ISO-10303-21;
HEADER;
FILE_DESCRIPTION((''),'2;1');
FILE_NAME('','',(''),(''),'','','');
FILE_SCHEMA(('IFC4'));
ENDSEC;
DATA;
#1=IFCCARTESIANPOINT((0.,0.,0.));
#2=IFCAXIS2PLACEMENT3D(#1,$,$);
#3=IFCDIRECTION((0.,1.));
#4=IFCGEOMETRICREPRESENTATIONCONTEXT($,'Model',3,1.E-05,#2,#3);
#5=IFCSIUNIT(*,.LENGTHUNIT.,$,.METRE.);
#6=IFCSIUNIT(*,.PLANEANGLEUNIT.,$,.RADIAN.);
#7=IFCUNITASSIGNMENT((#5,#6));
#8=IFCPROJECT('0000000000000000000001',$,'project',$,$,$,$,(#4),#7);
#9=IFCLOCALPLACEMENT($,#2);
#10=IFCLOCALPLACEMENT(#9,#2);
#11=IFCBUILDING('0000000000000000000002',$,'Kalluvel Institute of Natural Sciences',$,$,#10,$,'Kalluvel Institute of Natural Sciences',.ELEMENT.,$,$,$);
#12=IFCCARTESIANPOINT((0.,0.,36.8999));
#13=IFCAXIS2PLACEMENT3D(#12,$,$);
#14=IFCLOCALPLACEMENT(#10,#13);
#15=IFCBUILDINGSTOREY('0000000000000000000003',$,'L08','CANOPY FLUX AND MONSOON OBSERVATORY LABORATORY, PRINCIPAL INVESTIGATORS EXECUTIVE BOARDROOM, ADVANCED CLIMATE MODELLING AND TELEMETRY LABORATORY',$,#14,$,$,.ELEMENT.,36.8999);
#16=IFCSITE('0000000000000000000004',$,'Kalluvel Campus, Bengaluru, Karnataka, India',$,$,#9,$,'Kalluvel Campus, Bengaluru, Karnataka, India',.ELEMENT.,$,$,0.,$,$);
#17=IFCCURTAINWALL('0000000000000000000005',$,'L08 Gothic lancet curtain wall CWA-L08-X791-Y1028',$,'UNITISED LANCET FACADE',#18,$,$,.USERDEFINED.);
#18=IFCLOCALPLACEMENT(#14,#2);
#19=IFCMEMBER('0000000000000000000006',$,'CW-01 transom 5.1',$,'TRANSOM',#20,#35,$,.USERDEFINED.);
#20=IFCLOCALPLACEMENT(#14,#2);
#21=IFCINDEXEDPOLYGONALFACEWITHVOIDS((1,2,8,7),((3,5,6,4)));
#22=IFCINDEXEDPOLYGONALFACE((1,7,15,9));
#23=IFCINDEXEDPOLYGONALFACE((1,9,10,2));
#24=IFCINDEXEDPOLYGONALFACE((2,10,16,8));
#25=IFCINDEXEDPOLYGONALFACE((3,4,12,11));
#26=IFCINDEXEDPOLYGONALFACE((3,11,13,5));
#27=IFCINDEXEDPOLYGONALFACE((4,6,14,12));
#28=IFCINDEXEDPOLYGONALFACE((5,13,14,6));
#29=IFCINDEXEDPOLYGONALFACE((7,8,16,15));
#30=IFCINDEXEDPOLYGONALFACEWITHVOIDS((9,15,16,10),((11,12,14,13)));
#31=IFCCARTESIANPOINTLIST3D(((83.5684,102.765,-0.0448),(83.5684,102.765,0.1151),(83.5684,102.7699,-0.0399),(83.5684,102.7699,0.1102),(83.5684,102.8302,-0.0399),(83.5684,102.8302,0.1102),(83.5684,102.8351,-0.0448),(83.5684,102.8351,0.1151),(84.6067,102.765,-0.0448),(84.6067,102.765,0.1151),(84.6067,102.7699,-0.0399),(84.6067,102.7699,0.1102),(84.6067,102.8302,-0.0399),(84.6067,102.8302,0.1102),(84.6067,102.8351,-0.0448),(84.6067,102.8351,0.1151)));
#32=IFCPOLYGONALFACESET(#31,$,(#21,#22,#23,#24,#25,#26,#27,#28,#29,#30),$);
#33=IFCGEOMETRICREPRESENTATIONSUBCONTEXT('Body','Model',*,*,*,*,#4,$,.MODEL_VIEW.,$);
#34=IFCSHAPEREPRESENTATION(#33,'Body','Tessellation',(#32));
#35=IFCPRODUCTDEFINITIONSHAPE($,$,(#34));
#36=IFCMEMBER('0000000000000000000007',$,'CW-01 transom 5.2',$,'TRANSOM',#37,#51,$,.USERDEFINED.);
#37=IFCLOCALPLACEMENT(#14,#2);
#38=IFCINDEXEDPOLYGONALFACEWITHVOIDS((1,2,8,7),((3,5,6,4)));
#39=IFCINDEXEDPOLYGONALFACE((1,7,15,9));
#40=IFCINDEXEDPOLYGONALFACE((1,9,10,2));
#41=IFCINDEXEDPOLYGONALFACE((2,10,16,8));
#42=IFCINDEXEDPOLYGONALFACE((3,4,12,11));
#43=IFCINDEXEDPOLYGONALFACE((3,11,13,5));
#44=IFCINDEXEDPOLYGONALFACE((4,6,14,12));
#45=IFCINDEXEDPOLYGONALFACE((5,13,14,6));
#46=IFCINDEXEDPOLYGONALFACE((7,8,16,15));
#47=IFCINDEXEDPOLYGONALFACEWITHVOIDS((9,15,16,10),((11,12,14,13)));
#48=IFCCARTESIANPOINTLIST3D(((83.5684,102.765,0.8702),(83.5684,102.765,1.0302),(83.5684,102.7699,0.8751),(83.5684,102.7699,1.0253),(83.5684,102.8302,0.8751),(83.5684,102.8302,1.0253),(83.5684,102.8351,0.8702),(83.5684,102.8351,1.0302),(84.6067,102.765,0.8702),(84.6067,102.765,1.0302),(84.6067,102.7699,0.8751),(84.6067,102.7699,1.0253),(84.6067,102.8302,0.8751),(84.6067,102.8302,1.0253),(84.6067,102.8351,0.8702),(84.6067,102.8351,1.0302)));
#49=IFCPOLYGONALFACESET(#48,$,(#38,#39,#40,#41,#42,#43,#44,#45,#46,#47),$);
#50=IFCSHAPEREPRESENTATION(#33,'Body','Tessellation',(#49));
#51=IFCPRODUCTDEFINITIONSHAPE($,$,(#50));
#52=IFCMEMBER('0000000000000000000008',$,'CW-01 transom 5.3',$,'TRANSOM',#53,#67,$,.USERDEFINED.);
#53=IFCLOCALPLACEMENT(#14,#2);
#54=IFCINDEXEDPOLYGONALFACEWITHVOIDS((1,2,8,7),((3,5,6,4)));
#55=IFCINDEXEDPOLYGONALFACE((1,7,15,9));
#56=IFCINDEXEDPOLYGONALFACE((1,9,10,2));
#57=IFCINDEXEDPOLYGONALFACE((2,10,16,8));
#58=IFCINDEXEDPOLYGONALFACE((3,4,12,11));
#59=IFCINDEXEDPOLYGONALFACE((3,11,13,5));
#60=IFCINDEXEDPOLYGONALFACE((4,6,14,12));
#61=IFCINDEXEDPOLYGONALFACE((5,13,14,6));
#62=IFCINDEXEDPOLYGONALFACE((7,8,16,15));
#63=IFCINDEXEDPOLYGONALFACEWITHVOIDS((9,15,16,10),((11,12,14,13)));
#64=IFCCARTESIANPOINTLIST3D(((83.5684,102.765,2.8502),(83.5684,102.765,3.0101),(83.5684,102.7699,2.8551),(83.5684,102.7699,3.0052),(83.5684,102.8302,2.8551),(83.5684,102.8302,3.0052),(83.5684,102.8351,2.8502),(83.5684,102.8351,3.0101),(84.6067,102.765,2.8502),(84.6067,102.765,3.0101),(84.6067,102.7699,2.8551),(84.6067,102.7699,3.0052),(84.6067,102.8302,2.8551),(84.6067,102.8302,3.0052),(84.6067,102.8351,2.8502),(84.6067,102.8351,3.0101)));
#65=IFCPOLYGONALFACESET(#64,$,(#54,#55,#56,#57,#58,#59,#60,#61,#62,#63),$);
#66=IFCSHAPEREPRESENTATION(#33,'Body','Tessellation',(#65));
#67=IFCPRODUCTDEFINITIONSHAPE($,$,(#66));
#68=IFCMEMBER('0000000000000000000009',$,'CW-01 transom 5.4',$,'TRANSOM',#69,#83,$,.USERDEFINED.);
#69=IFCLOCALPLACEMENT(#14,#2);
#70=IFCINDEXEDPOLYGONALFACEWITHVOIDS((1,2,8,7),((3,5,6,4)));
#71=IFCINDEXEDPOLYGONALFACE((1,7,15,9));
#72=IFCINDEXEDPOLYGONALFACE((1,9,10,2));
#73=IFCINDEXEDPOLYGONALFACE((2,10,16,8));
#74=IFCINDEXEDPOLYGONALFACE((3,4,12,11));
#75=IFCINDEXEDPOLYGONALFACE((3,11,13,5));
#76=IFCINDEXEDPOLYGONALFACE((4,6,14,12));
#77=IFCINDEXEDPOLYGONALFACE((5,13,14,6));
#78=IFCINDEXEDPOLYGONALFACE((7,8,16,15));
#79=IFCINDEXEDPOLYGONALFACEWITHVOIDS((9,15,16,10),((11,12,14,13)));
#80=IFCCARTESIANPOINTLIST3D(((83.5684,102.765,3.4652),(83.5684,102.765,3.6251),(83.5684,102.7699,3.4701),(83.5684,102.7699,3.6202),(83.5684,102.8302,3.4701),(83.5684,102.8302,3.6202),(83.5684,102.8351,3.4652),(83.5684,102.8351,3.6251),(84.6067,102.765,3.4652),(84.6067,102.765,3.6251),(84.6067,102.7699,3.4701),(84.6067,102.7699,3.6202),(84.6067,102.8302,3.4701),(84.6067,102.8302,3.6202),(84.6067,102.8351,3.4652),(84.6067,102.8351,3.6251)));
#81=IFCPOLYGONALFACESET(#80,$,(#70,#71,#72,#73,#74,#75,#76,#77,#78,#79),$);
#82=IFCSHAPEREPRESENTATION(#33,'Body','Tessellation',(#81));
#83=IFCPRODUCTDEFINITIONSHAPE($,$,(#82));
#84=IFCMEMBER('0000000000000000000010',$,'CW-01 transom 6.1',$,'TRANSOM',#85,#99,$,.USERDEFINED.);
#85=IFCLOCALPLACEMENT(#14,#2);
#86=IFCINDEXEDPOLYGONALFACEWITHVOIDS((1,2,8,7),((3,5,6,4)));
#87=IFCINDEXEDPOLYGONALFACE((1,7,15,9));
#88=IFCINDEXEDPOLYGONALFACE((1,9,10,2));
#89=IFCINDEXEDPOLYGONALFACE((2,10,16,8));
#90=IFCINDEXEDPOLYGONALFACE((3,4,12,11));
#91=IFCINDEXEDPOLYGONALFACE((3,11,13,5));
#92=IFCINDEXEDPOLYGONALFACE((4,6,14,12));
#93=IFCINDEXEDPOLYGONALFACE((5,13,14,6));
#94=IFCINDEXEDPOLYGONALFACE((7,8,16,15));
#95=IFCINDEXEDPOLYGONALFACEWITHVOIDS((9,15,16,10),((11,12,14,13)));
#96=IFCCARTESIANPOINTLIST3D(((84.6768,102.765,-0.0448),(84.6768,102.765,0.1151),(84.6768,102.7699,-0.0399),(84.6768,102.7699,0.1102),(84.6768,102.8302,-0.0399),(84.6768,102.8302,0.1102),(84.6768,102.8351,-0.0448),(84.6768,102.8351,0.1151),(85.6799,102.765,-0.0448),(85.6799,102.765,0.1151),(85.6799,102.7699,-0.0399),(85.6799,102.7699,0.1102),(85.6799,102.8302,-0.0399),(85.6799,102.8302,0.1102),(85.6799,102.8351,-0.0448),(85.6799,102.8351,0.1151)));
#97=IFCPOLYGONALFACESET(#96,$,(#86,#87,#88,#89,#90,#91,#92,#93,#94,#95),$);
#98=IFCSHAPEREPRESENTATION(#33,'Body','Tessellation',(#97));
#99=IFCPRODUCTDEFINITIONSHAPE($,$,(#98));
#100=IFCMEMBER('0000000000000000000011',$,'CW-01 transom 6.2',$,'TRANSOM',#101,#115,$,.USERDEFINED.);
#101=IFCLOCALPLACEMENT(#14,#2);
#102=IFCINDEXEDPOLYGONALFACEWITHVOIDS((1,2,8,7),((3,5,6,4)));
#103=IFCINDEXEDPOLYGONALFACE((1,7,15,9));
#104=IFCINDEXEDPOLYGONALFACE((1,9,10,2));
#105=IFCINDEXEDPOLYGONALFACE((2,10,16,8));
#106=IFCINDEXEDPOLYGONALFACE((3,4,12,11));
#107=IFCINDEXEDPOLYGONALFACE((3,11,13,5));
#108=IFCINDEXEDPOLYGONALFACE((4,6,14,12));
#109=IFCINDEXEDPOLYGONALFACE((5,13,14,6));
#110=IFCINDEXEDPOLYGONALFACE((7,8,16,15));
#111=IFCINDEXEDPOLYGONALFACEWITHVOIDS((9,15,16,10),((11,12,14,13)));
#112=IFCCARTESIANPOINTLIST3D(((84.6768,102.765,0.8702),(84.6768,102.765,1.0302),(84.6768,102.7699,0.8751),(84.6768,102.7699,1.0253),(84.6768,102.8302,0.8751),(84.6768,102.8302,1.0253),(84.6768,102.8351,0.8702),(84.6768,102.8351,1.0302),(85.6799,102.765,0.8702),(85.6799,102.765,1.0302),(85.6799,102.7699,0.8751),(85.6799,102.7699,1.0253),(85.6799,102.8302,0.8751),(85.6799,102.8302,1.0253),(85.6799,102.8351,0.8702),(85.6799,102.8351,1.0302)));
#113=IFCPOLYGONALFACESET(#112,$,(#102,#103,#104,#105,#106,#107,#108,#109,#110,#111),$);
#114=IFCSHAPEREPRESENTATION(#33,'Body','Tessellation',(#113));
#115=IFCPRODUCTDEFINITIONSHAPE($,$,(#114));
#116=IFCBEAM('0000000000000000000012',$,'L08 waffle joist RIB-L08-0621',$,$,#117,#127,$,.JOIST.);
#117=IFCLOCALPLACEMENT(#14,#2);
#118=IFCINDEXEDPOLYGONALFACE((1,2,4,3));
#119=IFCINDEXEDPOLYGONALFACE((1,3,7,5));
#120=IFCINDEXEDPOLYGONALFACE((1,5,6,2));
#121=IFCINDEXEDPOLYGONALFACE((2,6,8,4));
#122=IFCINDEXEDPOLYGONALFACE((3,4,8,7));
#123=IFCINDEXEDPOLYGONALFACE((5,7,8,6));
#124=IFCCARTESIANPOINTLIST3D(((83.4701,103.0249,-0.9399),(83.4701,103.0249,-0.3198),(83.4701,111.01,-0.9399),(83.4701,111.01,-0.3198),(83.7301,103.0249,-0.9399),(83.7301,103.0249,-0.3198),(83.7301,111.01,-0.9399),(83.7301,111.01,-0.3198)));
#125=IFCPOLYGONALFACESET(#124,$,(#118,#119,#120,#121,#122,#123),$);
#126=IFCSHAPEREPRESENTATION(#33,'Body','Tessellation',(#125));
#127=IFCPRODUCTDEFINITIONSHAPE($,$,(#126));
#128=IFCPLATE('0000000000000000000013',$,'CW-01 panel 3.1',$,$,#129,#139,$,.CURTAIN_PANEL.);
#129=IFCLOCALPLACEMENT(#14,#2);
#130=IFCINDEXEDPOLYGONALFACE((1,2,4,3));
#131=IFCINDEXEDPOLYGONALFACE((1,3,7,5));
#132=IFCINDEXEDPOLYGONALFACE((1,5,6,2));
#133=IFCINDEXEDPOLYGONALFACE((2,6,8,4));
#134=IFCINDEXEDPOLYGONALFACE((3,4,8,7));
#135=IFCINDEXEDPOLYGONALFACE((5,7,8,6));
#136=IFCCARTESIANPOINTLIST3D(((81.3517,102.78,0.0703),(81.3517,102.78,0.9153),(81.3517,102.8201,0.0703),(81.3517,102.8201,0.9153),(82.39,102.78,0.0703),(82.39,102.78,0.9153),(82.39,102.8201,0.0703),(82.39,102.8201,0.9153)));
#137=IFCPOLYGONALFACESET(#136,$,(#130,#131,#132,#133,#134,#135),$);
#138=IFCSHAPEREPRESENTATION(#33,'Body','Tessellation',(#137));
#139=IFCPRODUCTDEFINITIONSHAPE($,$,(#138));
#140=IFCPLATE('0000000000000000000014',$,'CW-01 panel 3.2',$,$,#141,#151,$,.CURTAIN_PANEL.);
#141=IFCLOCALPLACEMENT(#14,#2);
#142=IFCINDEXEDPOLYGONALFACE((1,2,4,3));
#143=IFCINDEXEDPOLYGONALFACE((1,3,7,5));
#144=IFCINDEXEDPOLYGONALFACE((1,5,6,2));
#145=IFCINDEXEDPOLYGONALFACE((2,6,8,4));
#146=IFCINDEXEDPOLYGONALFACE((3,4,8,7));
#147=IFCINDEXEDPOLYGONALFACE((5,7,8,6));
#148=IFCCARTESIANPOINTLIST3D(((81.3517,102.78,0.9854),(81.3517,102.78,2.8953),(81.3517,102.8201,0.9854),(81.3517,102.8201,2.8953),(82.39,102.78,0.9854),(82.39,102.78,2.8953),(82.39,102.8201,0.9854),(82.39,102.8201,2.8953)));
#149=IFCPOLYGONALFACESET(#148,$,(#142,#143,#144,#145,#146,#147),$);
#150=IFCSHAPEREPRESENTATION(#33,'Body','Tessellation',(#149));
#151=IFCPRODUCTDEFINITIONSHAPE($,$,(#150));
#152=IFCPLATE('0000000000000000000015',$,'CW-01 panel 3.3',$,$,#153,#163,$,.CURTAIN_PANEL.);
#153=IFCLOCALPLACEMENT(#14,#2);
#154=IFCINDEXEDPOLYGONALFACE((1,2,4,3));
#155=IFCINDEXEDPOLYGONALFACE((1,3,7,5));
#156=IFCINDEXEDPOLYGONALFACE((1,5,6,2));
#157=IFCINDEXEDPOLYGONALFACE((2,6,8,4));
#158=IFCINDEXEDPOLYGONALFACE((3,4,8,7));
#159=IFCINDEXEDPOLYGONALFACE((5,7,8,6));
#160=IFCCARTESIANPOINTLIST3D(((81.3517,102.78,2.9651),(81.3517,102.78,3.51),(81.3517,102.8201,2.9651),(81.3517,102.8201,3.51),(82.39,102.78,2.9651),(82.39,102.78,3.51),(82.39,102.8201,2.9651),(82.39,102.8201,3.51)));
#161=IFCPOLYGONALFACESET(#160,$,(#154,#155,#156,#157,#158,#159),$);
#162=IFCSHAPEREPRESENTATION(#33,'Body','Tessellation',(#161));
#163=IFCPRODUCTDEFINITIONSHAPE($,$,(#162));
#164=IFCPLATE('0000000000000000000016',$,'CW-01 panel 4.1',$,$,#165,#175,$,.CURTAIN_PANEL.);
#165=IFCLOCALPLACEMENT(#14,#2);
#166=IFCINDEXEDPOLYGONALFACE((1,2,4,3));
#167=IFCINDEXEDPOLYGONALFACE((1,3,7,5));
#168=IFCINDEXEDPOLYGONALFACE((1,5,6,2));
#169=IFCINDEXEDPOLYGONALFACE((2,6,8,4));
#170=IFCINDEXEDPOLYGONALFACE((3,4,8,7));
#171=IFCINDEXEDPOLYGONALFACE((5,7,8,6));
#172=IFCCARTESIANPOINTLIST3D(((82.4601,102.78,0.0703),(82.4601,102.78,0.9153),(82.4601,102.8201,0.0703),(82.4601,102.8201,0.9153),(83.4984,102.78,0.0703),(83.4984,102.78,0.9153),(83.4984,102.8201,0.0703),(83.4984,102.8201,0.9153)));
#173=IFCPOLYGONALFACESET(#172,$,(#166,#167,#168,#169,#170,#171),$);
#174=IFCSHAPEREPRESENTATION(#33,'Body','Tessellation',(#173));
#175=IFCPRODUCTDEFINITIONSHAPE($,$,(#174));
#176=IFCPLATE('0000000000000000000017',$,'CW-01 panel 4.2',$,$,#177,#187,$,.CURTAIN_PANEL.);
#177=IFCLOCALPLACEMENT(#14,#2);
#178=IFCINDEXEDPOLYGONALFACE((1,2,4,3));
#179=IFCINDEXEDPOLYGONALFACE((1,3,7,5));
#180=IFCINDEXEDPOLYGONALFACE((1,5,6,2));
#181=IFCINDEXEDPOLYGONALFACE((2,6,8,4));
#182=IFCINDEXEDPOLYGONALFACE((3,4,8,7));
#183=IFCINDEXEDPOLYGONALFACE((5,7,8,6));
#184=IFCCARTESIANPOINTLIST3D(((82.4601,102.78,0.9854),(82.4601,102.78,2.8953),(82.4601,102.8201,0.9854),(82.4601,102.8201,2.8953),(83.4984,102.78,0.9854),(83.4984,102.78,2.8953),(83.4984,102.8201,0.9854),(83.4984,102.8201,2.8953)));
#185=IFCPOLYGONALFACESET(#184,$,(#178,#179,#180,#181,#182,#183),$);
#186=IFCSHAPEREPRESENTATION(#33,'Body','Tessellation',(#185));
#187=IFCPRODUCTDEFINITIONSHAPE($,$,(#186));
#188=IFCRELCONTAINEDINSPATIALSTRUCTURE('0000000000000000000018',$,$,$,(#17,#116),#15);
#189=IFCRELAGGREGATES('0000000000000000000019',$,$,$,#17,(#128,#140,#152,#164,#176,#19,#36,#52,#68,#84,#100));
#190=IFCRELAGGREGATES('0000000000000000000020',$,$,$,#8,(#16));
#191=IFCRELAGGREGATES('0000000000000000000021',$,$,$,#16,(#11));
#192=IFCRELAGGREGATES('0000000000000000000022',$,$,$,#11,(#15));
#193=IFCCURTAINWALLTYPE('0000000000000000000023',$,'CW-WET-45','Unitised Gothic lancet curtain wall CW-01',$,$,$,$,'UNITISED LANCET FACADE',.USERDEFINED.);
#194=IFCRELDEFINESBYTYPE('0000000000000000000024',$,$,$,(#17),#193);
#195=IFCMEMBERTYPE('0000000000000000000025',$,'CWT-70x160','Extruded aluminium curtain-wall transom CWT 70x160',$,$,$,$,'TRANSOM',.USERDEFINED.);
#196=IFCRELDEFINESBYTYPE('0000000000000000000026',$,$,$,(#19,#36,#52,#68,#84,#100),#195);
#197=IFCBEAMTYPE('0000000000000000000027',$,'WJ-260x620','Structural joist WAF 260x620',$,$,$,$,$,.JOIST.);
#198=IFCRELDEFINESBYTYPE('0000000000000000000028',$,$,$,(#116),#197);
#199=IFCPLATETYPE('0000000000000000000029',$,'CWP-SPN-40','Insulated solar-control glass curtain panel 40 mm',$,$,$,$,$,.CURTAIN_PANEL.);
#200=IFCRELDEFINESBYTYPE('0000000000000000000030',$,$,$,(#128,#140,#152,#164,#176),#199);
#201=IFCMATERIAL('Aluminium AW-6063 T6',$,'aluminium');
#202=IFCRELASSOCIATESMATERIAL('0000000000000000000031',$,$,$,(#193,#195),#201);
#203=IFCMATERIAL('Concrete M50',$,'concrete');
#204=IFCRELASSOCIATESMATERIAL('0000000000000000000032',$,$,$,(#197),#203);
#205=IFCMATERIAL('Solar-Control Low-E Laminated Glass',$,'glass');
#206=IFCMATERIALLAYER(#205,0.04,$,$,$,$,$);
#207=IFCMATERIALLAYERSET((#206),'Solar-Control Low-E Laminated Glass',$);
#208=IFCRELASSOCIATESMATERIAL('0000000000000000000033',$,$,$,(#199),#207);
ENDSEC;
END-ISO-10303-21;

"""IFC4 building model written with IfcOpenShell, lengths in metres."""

from ifc_helpers import new_model, si_unit, direction, frame, origin, origin_2d, place, context, subcontext, project, spatial, rectangle, hollow_rectangle, extrude, material, layer, layer_set, material_profile, profile_set, type_object, element, aggregate, save


model = new_model("IFC4")

# Units and contexts
model_context = context("Model", 3, precision=1e-05, world=origin(), true_north=direction((0.0, 1.0)))
body_context = subcontext(model_context, "Body", "Model", "MODEL_VIEW")
ifc_project = project(units=[si_unit("LENGTHUNIT", "METRE"), si_unit("PLANEANGLEUNIT", "RADIAN")], contexts=[model_context])

# Site, building, storey
site_placement = place(None, origin())
site = spatial("IfcSite", under=ifc_project, at=site_placement, Name="Kalluvel Campus, Bengaluru, Karnataka, India", LongName="Kalluvel Campus, Bengaluru, Karnataka, India", CompositionType="ELEMENT", RefElevation=0.0)
building_placement = place(site_placement, origin())
building = spatial("IfcBuilding", under=site, at=building_placement, Name="Kalluvel Institute of Natural Sciences", LongName="Kalluvel Institute of Natural Sciences", CompositionType="ELEMENT")
storey_placement = place(building_placement, frame((0.0, 0.0, 36.8999)))
storey = spatial("IfcBuildingStorey", under=building, at=storey_placement, Name="L08", Description="CANOPY FLUX AND MONSOON OBSERVATORY LABORATORY, PRINCIPAL INVESTIGATORS EXECUTIVE BOARDROOM, ADVANCED CLIMATE MODELLING AND TELEMETRY LABORATORY", CompositionType="ELEMENT", Elevation=36.8999)

# Curtain wall, members
ifc_material_1 = material(Name="Aluminium AW-6063 T6", Category="aluminium")
curtain_wall_type = type_object("IfcCurtainWallType", Name="CW-WET-45", Description="Unitised Gothic lancet curtain wall CW-01", ElementType="UNITISED LANCET FACADE", PredefinedType="USERDEFINED", material=ifc_material_1)
curtain_wall_placement = place(storey_placement, origin())
curtain_wall = element("IfcCurtainWall", 1, at=curtain_wall_placement, inside=storey, type_object=curtain_wall_type, Name="L08 Gothic lancet curtain wall CWA-L08-X791-Y1028", ObjectType="UNITISED LANCET FACADE", PredefinedType="USERDEFINED")
ifc_material_profile_1 = material_profile(ifc_material_1, hollow_rectangle(XDim=0.0701, YDim=0.1599, WallThickness=0.0049, at=origin_2d()), Name="CWT 70x160")
ifc_profile_set_1 = profile_set([ifc_material_profile_1], Name="Aluminium AW-6063 T6")
member_type_1 = type_object("IfcMemberType", Name="CWT-70x160", Description="Extruded aluminium curtain-wall transom CWT 70x160", ElementType="TRANSOM", PredefinedType="USERDEFINED", material=ifc_profile_set_1)
member_1_placement = place(storey_placement, frame((83.5684, 102.8, 0.0352), z_axis=(1.0, 0.0, 0.0), x_axis=(0.0, 1.0, 0.0)))
member_1 = element("IfcMember", 2, at=member_1_placement, type_object=member_type_1, Name="CW-01 transom 5.1", ObjectType="TRANSOM", PredefinedType="USERDEFINED", context=body_context, shape_type="SweptSolid", body=[
    extrude(hollow_rectangle(XDim=0.0701, YDim=0.1599, WallThickness=0.0049, at=origin_2d()), origin(), (0.0, 0.0, 1.0), 1.0383),
])
member_2_placement = place(storey_placement, frame((83.5684, 102.8, 0.9502), z_axis=(1.0, 0.0, 0.0), x_axis=(0.0, 1.0, 0.0)))
member_2 = element("IfcMember", 3, at=member_2_placement, type_object=member_type_1, Name="CW-01 transom 5.2", ObjectType="TRANSOM", PredefinedType="USERDEFINED", context=body_context, shape_type="SweptSolid", body=[
    extrude(hollow_rectangle(XDim=0.0701, YDim=0.1599, WallThickness=0.0049, at=origin_2d()), origin(), (0.0, 0.0, 1.0), 1.0383),
])
member_3_placement = place(storey_placement, frame((83.5684, 102.8, 2.9302), z_axis=(1.0, 0.0, 0.0), x_axis=(0.0, 1.0, 0.0)))
member_3 = element("IfcMember", 4, at=member_3_placement, type_object=member_type_1, Name="CW-01 transom 5.3", ObjectType="TRANSOM", PredefinedType="USERDEFINED", context=body_context, shape_type="SweptSolid", body=[
    extrude(hollow_rectangle(XDim=0.0701, YDim=0.1599, WallThickness=0.0049, at=origin_2d()), origin(), (0.0, 0.0, 1.0), 1.0383),
])
member_4_placement = place(storey_placement, frame((83.5684, 102.8, 3.5452), z_axis=(1.0, 0.0, 0.0), x_axis=(0.0, 1.0, 0.0)))
member_4 = element("IfcMember", 5, at=member_4_placement, type_object=member_type_1, Name="CW-01 transom 5.4", ObjectType="TRANSOM", PredefinedType="USERDEFINED", context=body_context, shape_type="SweptSolid", body=[
    extrude(hollow_rectangle(XDim=0.0701, YDim=0.1599, WallThickness=0.0049, at=origin_2d()), origin(), (0.0, 0.0, 1.0), 1.0383),
])
member_5_placement = place(storey_placement, frame((84.6768, 102.8, 0.0352), z_axis=(1.0, 0.0, 0.0), x_axis=(0.0, 1.0, 0.0)))
member_5 = element("IfcMember", 6, at=member_5_placement, type_object=member_type_1, Name="CW-01 transom 6.1", ObjectType="TRANSOM", PredefinedType="USERDEFINED", context=body_context, shape_type="SweptSolid", body=[
    extrude(hollow_rectangle(XDim=0.0701, YDim=0.1599, WallThickness=0.0049, at=origin_2d()), origin(), (0.0, 0.0, 1.0), 1.0032),
])
member_6_placement = place(storey_placement, frame((84.6768, 102.8, 0.9502), z_axis=(1.0, 0.0, 0.0), x_axis=(0.0, 1.0, 0.0)))
member_6 = element("IfcMember", 7, at=member_6_placement, type_object=member_type_1, Name="CW-01 transom 6.2", ObjectType="TRANSOM", PredefinedType="USERDEFINED", context=body_context, shape_type="SweptSolid", body=[
    extrude(hollow_rectangle(XDim=0.0701, YDim=0.1599, WallThickness=0.0049, at=origin_2d()), origin(), (0.0, 0.0, 1.0), 1.0032),
])

# Beam
ifc_material_2 = material(Name="Concrete M50", Category="concrete")
ifc_material_profile_2 = material_profile(ifc_material_2, rectangle(XDim=0.26, YDim=0.6201, at=origin_2d()), Name="WAF 260x620")
ifc_profile_set_2 = profile_set([ifc_material_profile_2], Name="Concrete M50")
beam_type = type_object("IfcBeamType", Name="WJ-260x620", Description="Structural joist WAF 260x620", PredefinedType="JOIST", material=ifc_profile_set_2)
beam_placement = place(storey_placement, frame((83.6001, 103.0249, -0.6299), z_axis=(0.0, 1.0, 0.0), x_axis=(-1.0, 0.0, 0.0)))
element("IfcBeam", 8, at=beam_placement, inside=storey, type_object=beam_type, Name="L08 waffle joist RIB-L08-0621", PredefinedType="JOIST", context=body_context, shape_type="SweptSolid", body=[
    extrude(rectangle(XDim=0.26, YDim=0.6201, at=origin_2d()), origin(), (0.0, 0.0, 1.0), 7.9851),
])

# Plates
ifc_material_3 = material(Name="Solar-Control Low-E Laminated Glass", Category="glass")
ifc_layer = layer(ifc_material_3, 0.04)
ifc_layer_set = layer_set([ifc_layer], Name="Solar-Control Low-E Laminated Glass")
plate_type = type_object("IfcPlateType", Name="CWP-SPN-40", Description="Insulated solar-control glass curtain panel 40 mm", PredefinedType="CURTAIN_PANEL", material=ifc_layer_set)
plate_1_placement = place(storey_placement, frame((81.8708, 102.8, 0.0703), z_axis=(0.0, 0.0, 1.0), x_axis=(1.0, 0.0, 0.0)))
plate_1 = element("IfcPlate", 9, at=plate_1_placement, type_object=plate_type, Name="CW-01 panel 3.1", PredefinedType="CURTAIN_PANEL", context=body_context, shape_type="SweptSolid", body=[
    extrude(rectangle(XDim=1.0383, YDim=0.04, at=origin_2d()), origin(), (0.0, 0.0, 1.0), 0.845),
])
plate_2_placement = place(storey_placement, frame((81.8708, 102.8, 0.9854), z_axis=(0.0, 0.0, 1.0), x_axis=(1.0, 0.0, 0.0)))
plate_2 = element("IfcPlate", 10, at=plate_2_placement, type_object=plate_type, Name="CW-01 panel 3.2", PredefinedType="CURTAIN_PANEL", context=body_context, shape_type="SweptSolid", body=[
    extrude(rectangle(XDim=1.0383, YDim=0.04, at=origin_2d()), origin(), (0.0, 0.0, 1.0), 1.9099),
])
plate_3_placement = place(storey_placement, frame((81.8708, 102.8, 2.9651), z_axis=(0.0, 0.0, 1.0), x_axis=(1.0, 0.0, 0.0)))
plate_3 = element("IfcPlate", 11, at=plate_3_placement, type_object=plate_type, Name="CW-01 panel 3.3", PredefinedType="CURTAIN_PANEL", context=body_context, shape_type="SweptSolid", body=[
    extrude(rectangle(XDim=1.0383, YDim=0.04, at=origin_2d()), origin(), (0.0, 0.0, 1.0), 0.5449),
])
plate_4_placement = place(storey_placement, frame((82.9792, 102.8, 0.0703), z_axis=(0.0, 0.0, 1.0), x_axis=(1.0, 0.0, 0.0)))
plate_4 = element("IfcPlate", 12, at=plate_4_placement, type_object=plate_type, Name="CW-01 panel 4.1", PredefinedType="CURTAIN_PANEL", context=body_context, shape_type="SweptSolid", body=[
    extrude(rectangle(XDim=1.0383, YDim=0.04, at=origin_2d()), origin(), (0.0, 0.0, 1.0), 0.845),
])
plate_5_placement = place(storey_placement, frame((82.9792, 102.8, 0.9854), z_axis=(0.0, 0.0, 1.0), x_axis=(1.0, 0.0, 0.0)))
plate_5 = element("IfcPlate", 13, at=plate_5_placement, type_object=plate_type, Name="CW-01 panel 4.2", PredefinedType="CURTAIN_PANEL", context=body_context, shape_type="SweptSolid", body=[
    extrude(rectangle(XDim=1.0383, YDim=0.04, at=origin_2d()), origin(), (0.0, 0.0, 1.0), 1.9099),
])
aggregate(curtain_wall, [plate_1, plate_2, plate_3, plate_4, plate_5, member_1, member_2, member_3, member_4, member_5, member_6])

save(model, "model.ifc")
